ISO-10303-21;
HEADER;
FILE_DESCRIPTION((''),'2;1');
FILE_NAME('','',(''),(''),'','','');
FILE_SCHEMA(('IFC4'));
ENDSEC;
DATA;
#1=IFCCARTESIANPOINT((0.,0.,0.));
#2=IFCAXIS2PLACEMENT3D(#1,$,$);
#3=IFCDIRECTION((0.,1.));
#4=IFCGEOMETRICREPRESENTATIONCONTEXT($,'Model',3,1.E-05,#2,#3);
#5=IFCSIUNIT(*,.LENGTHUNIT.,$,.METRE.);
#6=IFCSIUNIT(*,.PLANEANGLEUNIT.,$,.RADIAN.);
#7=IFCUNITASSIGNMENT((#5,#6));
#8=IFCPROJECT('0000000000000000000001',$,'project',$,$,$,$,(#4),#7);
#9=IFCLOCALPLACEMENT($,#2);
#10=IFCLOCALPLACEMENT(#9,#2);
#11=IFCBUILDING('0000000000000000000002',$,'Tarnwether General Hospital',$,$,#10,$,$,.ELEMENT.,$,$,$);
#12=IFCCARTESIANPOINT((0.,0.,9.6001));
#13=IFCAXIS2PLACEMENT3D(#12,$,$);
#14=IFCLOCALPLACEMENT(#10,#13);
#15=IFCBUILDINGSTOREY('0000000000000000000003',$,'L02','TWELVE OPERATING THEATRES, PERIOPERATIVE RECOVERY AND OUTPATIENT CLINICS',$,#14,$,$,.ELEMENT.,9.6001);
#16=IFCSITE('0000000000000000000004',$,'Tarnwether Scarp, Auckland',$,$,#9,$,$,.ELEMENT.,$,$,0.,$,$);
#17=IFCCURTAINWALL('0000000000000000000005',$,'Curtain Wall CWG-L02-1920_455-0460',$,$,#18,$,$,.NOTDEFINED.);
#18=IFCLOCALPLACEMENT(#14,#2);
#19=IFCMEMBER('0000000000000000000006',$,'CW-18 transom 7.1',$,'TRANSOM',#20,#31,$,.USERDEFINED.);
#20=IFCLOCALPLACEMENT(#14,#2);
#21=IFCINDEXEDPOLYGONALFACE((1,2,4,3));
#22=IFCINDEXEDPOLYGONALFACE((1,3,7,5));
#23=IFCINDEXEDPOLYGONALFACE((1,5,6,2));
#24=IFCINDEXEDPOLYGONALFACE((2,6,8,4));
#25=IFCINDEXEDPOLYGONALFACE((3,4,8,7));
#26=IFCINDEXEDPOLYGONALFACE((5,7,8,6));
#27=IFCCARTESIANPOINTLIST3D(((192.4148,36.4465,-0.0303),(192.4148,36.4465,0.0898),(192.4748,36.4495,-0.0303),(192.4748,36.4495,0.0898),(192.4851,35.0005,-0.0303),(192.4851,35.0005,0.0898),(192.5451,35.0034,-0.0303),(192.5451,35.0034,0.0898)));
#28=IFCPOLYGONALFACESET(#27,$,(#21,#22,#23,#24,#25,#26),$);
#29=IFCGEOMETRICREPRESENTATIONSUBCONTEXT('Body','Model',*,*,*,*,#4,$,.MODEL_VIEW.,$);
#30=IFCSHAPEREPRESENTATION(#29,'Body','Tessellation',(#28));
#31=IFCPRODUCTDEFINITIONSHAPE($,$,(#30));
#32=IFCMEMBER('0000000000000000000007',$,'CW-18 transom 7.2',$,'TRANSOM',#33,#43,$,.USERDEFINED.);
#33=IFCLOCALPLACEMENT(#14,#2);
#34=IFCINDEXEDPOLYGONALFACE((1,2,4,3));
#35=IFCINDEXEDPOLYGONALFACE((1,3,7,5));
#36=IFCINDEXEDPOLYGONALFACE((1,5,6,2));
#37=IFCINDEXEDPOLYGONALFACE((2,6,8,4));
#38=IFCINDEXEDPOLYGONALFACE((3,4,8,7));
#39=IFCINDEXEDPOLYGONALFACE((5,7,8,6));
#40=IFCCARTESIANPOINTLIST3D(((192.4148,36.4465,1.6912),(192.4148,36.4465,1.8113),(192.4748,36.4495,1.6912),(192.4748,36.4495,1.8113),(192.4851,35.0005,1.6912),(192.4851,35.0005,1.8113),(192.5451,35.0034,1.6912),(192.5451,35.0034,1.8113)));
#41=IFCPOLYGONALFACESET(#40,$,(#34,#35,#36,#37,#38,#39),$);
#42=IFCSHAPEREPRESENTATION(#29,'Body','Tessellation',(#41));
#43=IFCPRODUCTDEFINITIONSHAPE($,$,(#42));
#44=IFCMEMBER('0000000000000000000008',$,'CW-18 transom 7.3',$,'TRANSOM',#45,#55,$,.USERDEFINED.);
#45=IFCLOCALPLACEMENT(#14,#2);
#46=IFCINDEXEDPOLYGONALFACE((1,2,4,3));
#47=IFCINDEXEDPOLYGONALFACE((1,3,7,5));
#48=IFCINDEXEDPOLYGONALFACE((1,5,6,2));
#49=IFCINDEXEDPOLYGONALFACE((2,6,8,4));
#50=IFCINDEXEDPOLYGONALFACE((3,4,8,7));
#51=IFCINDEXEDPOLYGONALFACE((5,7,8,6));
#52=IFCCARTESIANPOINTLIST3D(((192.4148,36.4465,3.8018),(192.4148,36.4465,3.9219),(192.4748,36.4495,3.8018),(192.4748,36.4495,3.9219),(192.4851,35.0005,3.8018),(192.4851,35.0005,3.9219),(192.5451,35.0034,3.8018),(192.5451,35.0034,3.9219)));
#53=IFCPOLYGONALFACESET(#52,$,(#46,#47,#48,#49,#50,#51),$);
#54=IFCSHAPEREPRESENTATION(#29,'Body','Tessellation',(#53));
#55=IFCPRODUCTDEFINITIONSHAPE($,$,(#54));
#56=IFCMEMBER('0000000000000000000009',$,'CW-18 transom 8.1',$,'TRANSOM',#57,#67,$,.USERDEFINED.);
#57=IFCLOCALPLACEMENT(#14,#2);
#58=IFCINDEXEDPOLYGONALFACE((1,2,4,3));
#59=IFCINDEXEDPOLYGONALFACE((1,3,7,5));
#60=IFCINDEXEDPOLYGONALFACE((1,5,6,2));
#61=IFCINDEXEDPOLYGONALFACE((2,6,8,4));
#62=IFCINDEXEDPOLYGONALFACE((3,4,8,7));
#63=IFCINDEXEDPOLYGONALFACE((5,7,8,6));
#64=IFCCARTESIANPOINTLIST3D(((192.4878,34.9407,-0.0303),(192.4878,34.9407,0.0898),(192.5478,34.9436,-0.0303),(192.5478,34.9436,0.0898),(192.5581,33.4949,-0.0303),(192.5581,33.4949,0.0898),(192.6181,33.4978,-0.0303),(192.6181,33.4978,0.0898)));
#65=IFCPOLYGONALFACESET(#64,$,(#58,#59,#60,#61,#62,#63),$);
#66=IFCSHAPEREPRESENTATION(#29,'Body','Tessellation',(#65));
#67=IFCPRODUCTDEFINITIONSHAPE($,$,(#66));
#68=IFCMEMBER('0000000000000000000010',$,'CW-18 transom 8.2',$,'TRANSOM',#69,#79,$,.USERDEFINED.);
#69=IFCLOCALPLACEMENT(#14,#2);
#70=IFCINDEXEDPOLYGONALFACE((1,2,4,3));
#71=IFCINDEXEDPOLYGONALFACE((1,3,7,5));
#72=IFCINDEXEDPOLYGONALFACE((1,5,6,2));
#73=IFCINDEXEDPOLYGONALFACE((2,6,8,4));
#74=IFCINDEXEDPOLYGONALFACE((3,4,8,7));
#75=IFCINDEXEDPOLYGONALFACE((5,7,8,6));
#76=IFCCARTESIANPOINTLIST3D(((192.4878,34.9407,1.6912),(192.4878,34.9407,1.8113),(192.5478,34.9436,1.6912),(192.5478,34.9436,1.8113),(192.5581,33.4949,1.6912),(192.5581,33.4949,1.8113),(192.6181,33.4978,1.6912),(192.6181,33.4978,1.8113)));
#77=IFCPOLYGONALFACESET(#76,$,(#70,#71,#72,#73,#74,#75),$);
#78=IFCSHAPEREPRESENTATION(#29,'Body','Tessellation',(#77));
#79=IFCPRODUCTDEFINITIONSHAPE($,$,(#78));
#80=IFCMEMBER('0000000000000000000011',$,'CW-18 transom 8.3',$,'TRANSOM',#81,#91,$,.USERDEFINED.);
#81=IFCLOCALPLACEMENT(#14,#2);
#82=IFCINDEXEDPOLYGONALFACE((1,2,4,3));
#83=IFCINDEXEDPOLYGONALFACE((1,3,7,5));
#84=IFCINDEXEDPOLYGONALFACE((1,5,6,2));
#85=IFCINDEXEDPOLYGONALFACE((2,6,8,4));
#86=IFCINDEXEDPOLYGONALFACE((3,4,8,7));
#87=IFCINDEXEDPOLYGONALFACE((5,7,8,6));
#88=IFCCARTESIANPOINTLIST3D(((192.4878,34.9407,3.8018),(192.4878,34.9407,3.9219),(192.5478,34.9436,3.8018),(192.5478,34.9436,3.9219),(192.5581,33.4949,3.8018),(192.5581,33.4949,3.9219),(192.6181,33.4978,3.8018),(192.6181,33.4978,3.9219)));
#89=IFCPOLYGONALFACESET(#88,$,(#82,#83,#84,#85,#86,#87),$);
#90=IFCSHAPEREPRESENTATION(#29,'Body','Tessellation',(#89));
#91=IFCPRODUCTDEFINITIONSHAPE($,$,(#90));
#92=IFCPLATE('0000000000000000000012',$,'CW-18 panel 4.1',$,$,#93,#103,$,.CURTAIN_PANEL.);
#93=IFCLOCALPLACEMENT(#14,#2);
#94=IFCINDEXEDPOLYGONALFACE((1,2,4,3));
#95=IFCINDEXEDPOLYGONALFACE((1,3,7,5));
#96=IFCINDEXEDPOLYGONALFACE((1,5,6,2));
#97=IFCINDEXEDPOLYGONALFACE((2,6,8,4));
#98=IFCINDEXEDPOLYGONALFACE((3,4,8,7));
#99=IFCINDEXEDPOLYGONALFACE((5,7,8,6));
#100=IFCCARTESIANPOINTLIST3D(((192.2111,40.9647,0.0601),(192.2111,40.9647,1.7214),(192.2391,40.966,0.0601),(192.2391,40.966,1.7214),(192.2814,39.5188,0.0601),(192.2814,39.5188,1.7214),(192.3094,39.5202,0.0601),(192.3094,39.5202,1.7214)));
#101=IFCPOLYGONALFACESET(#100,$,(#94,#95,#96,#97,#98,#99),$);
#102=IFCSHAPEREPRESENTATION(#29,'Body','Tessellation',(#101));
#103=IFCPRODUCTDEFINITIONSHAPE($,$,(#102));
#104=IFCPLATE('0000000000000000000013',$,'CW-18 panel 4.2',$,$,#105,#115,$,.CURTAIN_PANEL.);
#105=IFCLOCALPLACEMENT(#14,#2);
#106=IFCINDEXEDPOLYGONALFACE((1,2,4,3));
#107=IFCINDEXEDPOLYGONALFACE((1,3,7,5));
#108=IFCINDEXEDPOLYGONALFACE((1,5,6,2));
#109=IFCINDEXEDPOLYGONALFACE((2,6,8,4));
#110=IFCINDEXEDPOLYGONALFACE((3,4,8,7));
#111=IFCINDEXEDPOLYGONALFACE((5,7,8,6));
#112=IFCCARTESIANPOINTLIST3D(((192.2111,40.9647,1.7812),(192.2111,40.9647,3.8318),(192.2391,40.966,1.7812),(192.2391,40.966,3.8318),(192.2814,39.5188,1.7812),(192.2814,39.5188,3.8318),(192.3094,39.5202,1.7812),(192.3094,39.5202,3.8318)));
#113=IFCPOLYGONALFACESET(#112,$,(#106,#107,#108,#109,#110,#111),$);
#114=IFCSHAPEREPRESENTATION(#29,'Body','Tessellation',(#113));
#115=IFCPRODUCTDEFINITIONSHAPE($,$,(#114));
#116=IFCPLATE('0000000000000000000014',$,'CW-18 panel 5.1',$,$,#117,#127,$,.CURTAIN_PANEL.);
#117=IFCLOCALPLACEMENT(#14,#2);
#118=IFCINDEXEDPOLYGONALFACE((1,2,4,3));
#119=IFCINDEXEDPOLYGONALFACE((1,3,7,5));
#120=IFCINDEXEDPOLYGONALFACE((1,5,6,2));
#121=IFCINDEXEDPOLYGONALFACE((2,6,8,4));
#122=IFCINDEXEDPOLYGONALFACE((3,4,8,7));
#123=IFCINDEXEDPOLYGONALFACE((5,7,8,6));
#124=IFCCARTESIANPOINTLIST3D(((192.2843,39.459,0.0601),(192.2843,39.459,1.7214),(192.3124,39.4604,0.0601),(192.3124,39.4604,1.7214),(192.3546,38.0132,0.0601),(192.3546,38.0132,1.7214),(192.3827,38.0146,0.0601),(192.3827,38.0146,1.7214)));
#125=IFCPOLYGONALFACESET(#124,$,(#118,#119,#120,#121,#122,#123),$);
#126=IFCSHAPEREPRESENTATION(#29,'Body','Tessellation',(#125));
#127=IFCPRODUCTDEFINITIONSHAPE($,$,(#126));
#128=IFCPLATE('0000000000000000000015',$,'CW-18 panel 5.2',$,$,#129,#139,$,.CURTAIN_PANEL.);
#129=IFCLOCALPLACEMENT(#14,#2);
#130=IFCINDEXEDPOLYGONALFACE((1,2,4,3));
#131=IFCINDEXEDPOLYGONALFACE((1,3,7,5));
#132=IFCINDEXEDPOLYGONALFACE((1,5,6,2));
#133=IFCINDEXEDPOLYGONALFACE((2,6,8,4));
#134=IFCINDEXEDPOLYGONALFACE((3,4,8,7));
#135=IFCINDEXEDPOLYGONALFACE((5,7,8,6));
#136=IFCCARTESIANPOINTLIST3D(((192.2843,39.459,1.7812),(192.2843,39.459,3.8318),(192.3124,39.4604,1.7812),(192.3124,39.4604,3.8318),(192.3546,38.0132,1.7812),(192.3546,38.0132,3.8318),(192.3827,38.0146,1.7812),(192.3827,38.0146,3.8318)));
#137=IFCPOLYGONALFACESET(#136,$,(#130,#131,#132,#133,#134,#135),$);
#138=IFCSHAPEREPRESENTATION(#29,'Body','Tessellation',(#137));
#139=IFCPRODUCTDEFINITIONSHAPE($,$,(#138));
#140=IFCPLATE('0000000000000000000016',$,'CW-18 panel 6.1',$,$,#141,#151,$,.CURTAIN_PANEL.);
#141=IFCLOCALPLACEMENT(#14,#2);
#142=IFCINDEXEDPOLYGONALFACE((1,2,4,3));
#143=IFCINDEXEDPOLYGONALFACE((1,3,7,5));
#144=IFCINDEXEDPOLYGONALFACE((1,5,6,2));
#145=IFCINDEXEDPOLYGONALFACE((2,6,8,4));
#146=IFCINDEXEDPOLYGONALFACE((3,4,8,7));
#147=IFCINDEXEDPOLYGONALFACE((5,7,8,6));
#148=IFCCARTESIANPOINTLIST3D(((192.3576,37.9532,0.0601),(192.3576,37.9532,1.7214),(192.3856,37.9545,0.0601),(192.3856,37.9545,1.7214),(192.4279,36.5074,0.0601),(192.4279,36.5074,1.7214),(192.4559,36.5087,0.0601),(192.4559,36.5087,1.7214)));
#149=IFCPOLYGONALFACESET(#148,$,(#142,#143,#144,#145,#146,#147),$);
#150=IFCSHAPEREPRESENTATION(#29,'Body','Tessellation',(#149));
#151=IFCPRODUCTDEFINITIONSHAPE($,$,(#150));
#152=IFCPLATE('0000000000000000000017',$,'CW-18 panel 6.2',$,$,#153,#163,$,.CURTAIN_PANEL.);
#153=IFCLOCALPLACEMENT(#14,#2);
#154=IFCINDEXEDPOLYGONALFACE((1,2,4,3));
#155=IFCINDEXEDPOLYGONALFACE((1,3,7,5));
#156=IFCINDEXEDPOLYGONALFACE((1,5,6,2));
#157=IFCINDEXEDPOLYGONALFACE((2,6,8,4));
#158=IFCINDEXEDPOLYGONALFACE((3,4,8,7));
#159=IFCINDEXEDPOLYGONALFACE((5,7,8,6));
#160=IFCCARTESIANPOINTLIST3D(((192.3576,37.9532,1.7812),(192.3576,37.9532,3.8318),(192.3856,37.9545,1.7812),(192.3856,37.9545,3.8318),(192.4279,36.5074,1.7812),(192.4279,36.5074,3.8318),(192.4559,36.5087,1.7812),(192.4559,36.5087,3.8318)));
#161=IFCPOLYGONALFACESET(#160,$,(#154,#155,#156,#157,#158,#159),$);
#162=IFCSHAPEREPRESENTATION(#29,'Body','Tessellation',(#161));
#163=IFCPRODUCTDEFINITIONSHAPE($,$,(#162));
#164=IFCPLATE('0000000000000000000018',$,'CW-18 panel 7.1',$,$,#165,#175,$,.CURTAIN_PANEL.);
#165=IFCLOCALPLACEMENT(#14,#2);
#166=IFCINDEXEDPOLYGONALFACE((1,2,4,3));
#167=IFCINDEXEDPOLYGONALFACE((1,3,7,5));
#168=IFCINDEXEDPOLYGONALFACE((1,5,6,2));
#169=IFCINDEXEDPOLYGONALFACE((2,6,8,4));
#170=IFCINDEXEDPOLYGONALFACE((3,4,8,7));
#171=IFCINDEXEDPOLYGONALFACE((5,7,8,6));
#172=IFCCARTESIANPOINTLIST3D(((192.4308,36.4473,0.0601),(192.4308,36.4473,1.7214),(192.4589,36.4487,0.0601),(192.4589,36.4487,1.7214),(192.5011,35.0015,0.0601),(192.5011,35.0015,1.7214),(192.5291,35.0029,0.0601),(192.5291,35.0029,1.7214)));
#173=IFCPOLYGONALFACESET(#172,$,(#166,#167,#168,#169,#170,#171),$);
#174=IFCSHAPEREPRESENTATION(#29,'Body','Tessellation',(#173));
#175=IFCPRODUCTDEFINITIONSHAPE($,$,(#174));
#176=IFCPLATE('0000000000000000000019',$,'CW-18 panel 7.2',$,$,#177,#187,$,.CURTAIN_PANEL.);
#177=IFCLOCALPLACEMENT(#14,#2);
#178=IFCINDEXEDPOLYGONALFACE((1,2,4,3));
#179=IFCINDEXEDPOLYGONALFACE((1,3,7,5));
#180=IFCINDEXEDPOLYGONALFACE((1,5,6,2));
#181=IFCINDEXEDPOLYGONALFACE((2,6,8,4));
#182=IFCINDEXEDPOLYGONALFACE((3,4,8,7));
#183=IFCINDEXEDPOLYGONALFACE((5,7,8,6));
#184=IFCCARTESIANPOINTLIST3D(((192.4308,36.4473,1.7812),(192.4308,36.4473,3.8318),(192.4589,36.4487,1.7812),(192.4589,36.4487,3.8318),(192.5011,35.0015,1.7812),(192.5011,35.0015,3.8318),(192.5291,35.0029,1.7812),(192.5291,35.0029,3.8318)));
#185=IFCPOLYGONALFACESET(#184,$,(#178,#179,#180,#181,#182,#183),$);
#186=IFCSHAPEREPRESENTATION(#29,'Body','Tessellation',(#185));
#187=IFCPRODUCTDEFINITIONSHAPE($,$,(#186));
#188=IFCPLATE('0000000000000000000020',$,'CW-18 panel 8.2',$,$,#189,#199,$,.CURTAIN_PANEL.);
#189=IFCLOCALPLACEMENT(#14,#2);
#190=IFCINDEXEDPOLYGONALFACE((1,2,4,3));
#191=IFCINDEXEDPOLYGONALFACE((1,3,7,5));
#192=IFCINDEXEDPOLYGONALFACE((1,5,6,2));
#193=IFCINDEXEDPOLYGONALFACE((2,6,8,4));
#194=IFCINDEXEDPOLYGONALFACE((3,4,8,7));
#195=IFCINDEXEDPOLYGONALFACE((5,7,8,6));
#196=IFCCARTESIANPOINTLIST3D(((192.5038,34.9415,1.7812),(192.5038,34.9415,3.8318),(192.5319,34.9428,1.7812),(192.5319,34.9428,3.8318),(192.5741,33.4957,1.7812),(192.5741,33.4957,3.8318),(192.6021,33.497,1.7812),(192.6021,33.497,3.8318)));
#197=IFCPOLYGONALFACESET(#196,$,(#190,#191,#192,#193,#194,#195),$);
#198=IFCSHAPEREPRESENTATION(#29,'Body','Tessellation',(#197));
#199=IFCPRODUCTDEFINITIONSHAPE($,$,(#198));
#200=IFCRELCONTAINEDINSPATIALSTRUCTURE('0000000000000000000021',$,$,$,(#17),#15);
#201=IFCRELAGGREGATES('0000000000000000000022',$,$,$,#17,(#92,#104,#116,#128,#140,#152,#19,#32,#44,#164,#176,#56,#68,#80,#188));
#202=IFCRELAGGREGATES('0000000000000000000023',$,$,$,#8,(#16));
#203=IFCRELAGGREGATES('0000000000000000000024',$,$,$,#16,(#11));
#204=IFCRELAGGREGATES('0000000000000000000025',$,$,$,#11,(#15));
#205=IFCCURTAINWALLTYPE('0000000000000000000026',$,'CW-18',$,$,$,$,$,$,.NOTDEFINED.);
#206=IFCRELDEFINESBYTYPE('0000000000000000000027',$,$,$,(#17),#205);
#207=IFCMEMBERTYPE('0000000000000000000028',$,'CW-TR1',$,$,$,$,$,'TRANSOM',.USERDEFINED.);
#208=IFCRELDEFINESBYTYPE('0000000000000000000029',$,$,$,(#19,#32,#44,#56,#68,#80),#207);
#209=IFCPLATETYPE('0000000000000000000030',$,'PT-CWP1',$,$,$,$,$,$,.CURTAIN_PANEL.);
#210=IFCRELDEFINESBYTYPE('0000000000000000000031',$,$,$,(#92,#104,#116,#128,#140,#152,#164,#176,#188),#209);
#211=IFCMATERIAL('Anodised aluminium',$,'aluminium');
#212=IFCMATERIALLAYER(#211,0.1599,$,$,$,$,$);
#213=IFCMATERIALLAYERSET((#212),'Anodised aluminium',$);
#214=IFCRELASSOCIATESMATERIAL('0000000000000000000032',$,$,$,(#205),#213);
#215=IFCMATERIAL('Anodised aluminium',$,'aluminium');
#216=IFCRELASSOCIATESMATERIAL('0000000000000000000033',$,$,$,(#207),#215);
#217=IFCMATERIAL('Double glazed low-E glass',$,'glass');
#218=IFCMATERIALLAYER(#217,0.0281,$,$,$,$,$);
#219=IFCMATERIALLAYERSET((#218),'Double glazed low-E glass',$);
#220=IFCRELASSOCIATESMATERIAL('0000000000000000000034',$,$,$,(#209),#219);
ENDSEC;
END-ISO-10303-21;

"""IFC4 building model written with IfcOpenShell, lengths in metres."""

from ifc_helpers import new_model, si_unit, direction, frame, origin, origin_2d, place, context, subcontext, project, spatial, rectangle, extrude, material, layer, layer_set, material_profile, profile_set, type_object, element, aggregate, save


model = new_model("IFC4")

# Units and contexts
model_context = context("Model", 3, precision=1e-05, world=origin(), true_north=direction((0.0, 1.0)))
body_context = subcontext(model_context, "Body", "Model", "MODEL_VIEW")
ifc_project = project(units=[si_unit("LENGTHUNIT", "METRE"), si_unit("PLANEANGLEUNIT", "RADIAN")], contexts=[model_context])

# Site, building, storey
site_placement = place(None, origin())
site = spatial("IfcSite", under=ifc_project, at=site_placement, Name="Tarnwether Scarp, Auckland", CompositionType="ELEMENT", RefElevation=0.0)
building_placement = place(site_placement, origin())
building = spatial("IfcBuilding", under=site, at=building_placement, Name="Tarnwether General Hospital", CompositionType="ELEMENT")
storey_placement = place(building_placement, frame((0.0, 0.0, 9.6001)))
storey = spatial("IfcBuildingStorey", under=building, at=storey_placement, Name="L02", Description="TWELVE OPERATING THEATRES, PERIOPERATIVE RECOVERY AND OUTPATIENT CLINICS", CompositionType="ELEMENT", Elevation=9.6001)

# Curtain wall, members, plates
ifc_material_1 = material(Name="Anodised aluminium", Category="aluminium")
ifc_layer_1 = layer(ifc_material_1, 0.1599)
ifc_layer_set_1 = layer_set([ifc_layer_1], Name="Anodised aluminium")
curtain_wall_type = type_object("IfcCurtainWallType", Name="CW-18", PredefinedType="NOTDEFINED", material=ifc_layer_set_1)
curtain_wall_placement = place(storey_placement, origin())
curtain_wall = element("IfcCurtainWall", 1, at=curtain_wall_placement, inside=storey, type_object=curtain_wall_type, Name="Curtain Wall CWG-L02-1920_455-0460", PredefinedType="NOTDEFINED")
ifc_material_2 = material(Name="Anodised aluminium", Category="aluminium")
ifc_material_profile_1 = material_profile(ifc_material_2, rectangle(XDim=0.0601, YDim=0.1201, at=origin_2d()), Name="ALU-TRN-60x120")
ifc_profile_set_1 = profile_set([ifc_material_profile_1], Name="Anodised aluminium")
member_type_1 = type_object("IfcMemberType", Name="CW-TR1", ElementType="TRANSOM", PredefinedType="USERDEFINED", material=ifc_profile_set_1)
member_1_placement = place(storey_placement, frame((192.4448, 36.448, 0.0298), z_axis=(0.048567, -0.99882, 0.0), x_axis=(0.99882, 0.048567, 0.0)))
member_1 = element("IfcMember", 2, at=member_1_placement, type_object=member_type_1, Name="CW-18 transom 7.1", ObjectType="TRANSOM", PredefinedType="USERDEFINED", context=body_context, shape_type="SweptSolid", body=[
    extrude(rectangle(XDim=0.0601, YDim=0.1201, at=origin_2d()), origin(), (0.0, 0.0, 1.0), 1.4478),
])
member_2_placement = place(storey_placement, frame((192.4448, 36.448, 1.7512), z_axis=(0.048567, -0.99882, 0.0), x_axis=(0.99882, 0.048567, 0.0)))
member_2 = element("IfcMember", 3, at=member_2_placement, type_object=member_type_1, Name="CW-18 transom 7.2", ObjectType="TRANSOM", PredefinedType="USERDEFINED", context=body_context, shape_type="SweptSolid", body=[
    extrude(rectangle(XDim=0.0601, YDim=0.1201, at=origin_2d()), origin(), (0.0, 0.0, 1.0), 1.4478),
])
member_3_placement = place(storey_placement, frame((192.4448, 36.448, 3.8618), z_axis=(0.048567, -0.99882, 0.0), x_axis=(0.99882, 0.048567, 0.0)))
member_3 = element("IfcMember", 4, at=member_3_placement, type_object=member_type_1, Name="CW-18 transom 7.3", ObjectType="TRANSOM", PredefinedType="USERDEFINED", context=body_context, shape_type="SweptSolid", body=[
    extrude(rectangle(XDim=0.0601, YDim=0.1201, at=origin_2d()), origin(), (0.0, 0.0, 1.0), 1.4478),
])
member_4_placement = place(storey_placement, frame((192.5178, 34.9421, 0.0298), z_axis=(0.048575, -0.99882, 0.0), x_axis=(0.99882, 0.048575, 0.0)))
member_4 = element("IfcMember", 5, at=member_4_placement, type_object=member_type_1, Name="CW-18 transom 8.1", ObjectType="TRANSOM", PredefinedType="USERDEFINED", context=body_context, shape_type="SweptSolid", body=[
    extrude(rectangle(XDim=0.0601, YDim=0.1201, at=origin_2d()), origin(), (0.0, 0.0, 1.0), 1.4475),
])
member_5_placement = place(storey_placement, frame((192.5178, 34.9421, 1.7512), z_axis=(0.048575, -0.99882, 0.0), x_axis=(0.99882, 0.048575, 0.0)))
member_5 = element("IfcMember", 6, at=member_5_placement, type_object=member_type_1, Name="CW-18 transom 8.2", ObjectType="TRANSOM", PredefinedType="USERDEFINED", context=body_context, shape_type="SweptSolid", body=[
    extrude(rectangle(XDim=0.0601, YDim=0.1201, at=origin_2d()), origin(), (0.0, 0.0, 1.0), 1.4475),
])
member_6_placement = place(storey_placement, frame((192.5178, 34.9421, 3.8618), z_axis=(0.048575, -0.99882, 0.0), x_axis=(0.99882, 0.048575, 0.0)))
member_6 = element("IfcMember", 7, at=member_6_placement, type_object=member_type_1, Name="CW-18 transom 8.3", ObjectType="TRANSOM", PredefinedType="USERDEFINED", context=body_context, shape_type="SweptSolid", body=[
    extrude(rectangle(XDim=0.0601, YDim=0.1201, at=origin_2d()), origin(), (0.0, 0.0, 1.0), 1.4475),
])
ifc_material_3 = material(Name="Double glazed low-E glass", Category="glass")
ifc_layer_2 = layer(ifc_material_3, 0.0281)
ifc_layer_set_2 = layer_set([ifc_layer_2], Name="Double glazed low-E glass")
plate_type = type_object("IfcPlateType", Name="PT-CWP1", PredefinedType="CURTAIN_PANEL", material=ifc_layer_set_2)
plate_1_placement = place(storey_placement, frame((192.2603, 40.2424, 0.0601), z_axis=(0.0, 0.0, 1.0), x_axis=(0.04856, -0.99882, 0.0)))
plate_1 = element("IfcPlate", 8, at=plate_1_placement, type_object=plate_type, Name="CW-18 panel 4.1", PredefinedType="CURTAIN_PANEL", context=body_context, shape_type="SweptSolid", body=[
    extrude(rectangle(XDim=1.4475, YDim=0.0281, at=origin_2d()), origin(), (0.0, 0.0, 1.0), 1.6614),
])
plate_2_placement = place(storey_placement, frame((192.2603, 40.2424, 1.7812), z_axis=(0.0, 0.0, 1.0), x_axis=(0.04856, -0.99882, 0.0)))
plate_2 = element("IfcPlate", 9, at=plate_2_placement, type_object=plate_type, Name="CW-18 panel 4.2", PredefinedType="CURTAIN_PANEL", context=body_context, shape_type="SweptSolid", body=[
    extrude(rectangle(XDim=1.4475, YDim=0.0281, at=origin_2d()), origin(), (0.0, 0.0, 1.0), 2.0505),
])
plate_3_placement = place(storey_placement, frame((192.3335, 38.7368, 0.0601), z_axis=(0.0, 0.0, 1.0), x_axis=(0.04856, -0.99882, 0.0)))
plate_3 = element("IfcPlate", 10, at=plate_3_placement, type_object=plate_type, Name="CW-18 panel 5.1", PredefinedType="CURTAIN_PANEL", context=body_context, shape_type="SweptSolid", body=[
    extrude(rectangle(XDim=1.4475, YDim=0.0281, at=origin_2d()), origin(), (0.0, 0.0, 1.0), 1.6614),
])
plate_4_placement = place(storey_placement, frame((192.3335, 38.7368, 1.7812), z_axis=(0.0, 0.0, 1.0), x_axis=(0.04856, -0.99882, 0.0)))
plate_4 = element("IfcPlate", 11, at=plate_4_placement, type_object=plate_type, Name="CW-18 panel 5.2", PredefinedType="CURTAIN_PANEL", context=body_context, shape_type="SweptSolid", body=[
    extrude(rectangle(XDim=1.4475, YDim=0.0281, at=origin_2d()), origin(), (0.0, 0.0, 1.0), 2.0505),
])
plate_5_placement = place(storey_placement, frame((192.4067, 37.231, 0.0601), z_axis=(0.0, 0.0, 1.0), x_axis=(0.04856, -0.99882, 0.0)))
plate_5 = element("IfcPlate", 12, at=plate_5_placement, type_object=plate_type, Name="CW-18 panel 6.1", PredefinedType="CURTAIN_PANEL", context=body_context, shape_type="SweptSolid", body=[
    extrude(rectangle(XDim=1.4475, YDim=0.0281, at=origin_2d()), origin(), (0.0, 0.0, 1.0), 1.6614),
])
plate_6_placement = place(storey_placement, frame((192.4067, 37.231, 1.7812), z_axis=(0.0, 0.0, 1.0), x_axis=(0.04856, -0.99882, 0.0)))
plate_6 = element("IfcPlate", 13, at=plate_6_placement, type_object=plate_type, Name="CW-18 panel 6.2", PredefinedType="CURTAIN_PANEL", context=body_context, shape_type="SweptSolid", body=[
    extrude(rectangle(XDim=1.4475, YDim=0.0281, at=origin_2d()), origin(), (0.0, 0.0, 1.0), 2.0505),
])
plate_7_placement = place(storey_placement, frame((192.48, 35.7251, 0.0601), z_axis=(0.0, 0.0, 1.0), x_axis=(0.04856, -0.99882, 0.0)))
plate_7 = element("IfcPlate", 14, at=plate_7_placement, type_object=plate_type, Name="CW-18 panel 7.1", PredefinedType="CURTAIN_PANEL", context=body_context, shape_type="SweptSolid", body=[
    extrude(rectangle(XDim=1.4475, YDim=0.0281, at=origin_2d()), origin(), (0.0, 0.0, 1.0), 1.6614),
])
plate_8_placement = place(storey_placement, frame((192.48, 35.7251, 1.7812), z_axis=(0.0, 0.0, 1.0), x_axis=(0.04856, -0.99882, 0.0)))
plate_8 = element("IfcPlate", 15, at=plate_8_placement, type_object=plate_type, Name="CW-18 panel 7.2", PredefinedType="CURTAIN_PANEL", context=body_context, shape_type="SweptSolid", body=[
    extrude(rectangle(XDim=1.4475, YDim=0.0281, at=origin_2d()), origin(), (0.0, 0.0, 1.0), 2.0505),
])
plate_9_placement = place(storey_placement, frame((192.553, 34.2192, 1.7812), z_axis=(0.0, 0.0, 1.0), x_axis=(0.04856, -0.99882, 0.0)))
plate_9 = element("IfcPlate", 16, at=plate_9_placement, type_object=plate_type, Name="CW-18 panel 8.2", PredefinedType="CURTAIN_PANEL", context=body_context, shape_type="SweptSolid", body=[
    extrude(rectangle(XDim=1.4475, YDim=0.0281, at=origin_2d()), origin(), (0.0, 0.0, 1.0), 2.0505),
])
aggregate(curtain_wall, [plate_1, plate_2, plate_3, plate_4, plate_5, plate_6, member_1, member_2, member_3, plate_7, plate_8, member_4, member_5, member_6, plate_9])

save(model, "model.ifc")
